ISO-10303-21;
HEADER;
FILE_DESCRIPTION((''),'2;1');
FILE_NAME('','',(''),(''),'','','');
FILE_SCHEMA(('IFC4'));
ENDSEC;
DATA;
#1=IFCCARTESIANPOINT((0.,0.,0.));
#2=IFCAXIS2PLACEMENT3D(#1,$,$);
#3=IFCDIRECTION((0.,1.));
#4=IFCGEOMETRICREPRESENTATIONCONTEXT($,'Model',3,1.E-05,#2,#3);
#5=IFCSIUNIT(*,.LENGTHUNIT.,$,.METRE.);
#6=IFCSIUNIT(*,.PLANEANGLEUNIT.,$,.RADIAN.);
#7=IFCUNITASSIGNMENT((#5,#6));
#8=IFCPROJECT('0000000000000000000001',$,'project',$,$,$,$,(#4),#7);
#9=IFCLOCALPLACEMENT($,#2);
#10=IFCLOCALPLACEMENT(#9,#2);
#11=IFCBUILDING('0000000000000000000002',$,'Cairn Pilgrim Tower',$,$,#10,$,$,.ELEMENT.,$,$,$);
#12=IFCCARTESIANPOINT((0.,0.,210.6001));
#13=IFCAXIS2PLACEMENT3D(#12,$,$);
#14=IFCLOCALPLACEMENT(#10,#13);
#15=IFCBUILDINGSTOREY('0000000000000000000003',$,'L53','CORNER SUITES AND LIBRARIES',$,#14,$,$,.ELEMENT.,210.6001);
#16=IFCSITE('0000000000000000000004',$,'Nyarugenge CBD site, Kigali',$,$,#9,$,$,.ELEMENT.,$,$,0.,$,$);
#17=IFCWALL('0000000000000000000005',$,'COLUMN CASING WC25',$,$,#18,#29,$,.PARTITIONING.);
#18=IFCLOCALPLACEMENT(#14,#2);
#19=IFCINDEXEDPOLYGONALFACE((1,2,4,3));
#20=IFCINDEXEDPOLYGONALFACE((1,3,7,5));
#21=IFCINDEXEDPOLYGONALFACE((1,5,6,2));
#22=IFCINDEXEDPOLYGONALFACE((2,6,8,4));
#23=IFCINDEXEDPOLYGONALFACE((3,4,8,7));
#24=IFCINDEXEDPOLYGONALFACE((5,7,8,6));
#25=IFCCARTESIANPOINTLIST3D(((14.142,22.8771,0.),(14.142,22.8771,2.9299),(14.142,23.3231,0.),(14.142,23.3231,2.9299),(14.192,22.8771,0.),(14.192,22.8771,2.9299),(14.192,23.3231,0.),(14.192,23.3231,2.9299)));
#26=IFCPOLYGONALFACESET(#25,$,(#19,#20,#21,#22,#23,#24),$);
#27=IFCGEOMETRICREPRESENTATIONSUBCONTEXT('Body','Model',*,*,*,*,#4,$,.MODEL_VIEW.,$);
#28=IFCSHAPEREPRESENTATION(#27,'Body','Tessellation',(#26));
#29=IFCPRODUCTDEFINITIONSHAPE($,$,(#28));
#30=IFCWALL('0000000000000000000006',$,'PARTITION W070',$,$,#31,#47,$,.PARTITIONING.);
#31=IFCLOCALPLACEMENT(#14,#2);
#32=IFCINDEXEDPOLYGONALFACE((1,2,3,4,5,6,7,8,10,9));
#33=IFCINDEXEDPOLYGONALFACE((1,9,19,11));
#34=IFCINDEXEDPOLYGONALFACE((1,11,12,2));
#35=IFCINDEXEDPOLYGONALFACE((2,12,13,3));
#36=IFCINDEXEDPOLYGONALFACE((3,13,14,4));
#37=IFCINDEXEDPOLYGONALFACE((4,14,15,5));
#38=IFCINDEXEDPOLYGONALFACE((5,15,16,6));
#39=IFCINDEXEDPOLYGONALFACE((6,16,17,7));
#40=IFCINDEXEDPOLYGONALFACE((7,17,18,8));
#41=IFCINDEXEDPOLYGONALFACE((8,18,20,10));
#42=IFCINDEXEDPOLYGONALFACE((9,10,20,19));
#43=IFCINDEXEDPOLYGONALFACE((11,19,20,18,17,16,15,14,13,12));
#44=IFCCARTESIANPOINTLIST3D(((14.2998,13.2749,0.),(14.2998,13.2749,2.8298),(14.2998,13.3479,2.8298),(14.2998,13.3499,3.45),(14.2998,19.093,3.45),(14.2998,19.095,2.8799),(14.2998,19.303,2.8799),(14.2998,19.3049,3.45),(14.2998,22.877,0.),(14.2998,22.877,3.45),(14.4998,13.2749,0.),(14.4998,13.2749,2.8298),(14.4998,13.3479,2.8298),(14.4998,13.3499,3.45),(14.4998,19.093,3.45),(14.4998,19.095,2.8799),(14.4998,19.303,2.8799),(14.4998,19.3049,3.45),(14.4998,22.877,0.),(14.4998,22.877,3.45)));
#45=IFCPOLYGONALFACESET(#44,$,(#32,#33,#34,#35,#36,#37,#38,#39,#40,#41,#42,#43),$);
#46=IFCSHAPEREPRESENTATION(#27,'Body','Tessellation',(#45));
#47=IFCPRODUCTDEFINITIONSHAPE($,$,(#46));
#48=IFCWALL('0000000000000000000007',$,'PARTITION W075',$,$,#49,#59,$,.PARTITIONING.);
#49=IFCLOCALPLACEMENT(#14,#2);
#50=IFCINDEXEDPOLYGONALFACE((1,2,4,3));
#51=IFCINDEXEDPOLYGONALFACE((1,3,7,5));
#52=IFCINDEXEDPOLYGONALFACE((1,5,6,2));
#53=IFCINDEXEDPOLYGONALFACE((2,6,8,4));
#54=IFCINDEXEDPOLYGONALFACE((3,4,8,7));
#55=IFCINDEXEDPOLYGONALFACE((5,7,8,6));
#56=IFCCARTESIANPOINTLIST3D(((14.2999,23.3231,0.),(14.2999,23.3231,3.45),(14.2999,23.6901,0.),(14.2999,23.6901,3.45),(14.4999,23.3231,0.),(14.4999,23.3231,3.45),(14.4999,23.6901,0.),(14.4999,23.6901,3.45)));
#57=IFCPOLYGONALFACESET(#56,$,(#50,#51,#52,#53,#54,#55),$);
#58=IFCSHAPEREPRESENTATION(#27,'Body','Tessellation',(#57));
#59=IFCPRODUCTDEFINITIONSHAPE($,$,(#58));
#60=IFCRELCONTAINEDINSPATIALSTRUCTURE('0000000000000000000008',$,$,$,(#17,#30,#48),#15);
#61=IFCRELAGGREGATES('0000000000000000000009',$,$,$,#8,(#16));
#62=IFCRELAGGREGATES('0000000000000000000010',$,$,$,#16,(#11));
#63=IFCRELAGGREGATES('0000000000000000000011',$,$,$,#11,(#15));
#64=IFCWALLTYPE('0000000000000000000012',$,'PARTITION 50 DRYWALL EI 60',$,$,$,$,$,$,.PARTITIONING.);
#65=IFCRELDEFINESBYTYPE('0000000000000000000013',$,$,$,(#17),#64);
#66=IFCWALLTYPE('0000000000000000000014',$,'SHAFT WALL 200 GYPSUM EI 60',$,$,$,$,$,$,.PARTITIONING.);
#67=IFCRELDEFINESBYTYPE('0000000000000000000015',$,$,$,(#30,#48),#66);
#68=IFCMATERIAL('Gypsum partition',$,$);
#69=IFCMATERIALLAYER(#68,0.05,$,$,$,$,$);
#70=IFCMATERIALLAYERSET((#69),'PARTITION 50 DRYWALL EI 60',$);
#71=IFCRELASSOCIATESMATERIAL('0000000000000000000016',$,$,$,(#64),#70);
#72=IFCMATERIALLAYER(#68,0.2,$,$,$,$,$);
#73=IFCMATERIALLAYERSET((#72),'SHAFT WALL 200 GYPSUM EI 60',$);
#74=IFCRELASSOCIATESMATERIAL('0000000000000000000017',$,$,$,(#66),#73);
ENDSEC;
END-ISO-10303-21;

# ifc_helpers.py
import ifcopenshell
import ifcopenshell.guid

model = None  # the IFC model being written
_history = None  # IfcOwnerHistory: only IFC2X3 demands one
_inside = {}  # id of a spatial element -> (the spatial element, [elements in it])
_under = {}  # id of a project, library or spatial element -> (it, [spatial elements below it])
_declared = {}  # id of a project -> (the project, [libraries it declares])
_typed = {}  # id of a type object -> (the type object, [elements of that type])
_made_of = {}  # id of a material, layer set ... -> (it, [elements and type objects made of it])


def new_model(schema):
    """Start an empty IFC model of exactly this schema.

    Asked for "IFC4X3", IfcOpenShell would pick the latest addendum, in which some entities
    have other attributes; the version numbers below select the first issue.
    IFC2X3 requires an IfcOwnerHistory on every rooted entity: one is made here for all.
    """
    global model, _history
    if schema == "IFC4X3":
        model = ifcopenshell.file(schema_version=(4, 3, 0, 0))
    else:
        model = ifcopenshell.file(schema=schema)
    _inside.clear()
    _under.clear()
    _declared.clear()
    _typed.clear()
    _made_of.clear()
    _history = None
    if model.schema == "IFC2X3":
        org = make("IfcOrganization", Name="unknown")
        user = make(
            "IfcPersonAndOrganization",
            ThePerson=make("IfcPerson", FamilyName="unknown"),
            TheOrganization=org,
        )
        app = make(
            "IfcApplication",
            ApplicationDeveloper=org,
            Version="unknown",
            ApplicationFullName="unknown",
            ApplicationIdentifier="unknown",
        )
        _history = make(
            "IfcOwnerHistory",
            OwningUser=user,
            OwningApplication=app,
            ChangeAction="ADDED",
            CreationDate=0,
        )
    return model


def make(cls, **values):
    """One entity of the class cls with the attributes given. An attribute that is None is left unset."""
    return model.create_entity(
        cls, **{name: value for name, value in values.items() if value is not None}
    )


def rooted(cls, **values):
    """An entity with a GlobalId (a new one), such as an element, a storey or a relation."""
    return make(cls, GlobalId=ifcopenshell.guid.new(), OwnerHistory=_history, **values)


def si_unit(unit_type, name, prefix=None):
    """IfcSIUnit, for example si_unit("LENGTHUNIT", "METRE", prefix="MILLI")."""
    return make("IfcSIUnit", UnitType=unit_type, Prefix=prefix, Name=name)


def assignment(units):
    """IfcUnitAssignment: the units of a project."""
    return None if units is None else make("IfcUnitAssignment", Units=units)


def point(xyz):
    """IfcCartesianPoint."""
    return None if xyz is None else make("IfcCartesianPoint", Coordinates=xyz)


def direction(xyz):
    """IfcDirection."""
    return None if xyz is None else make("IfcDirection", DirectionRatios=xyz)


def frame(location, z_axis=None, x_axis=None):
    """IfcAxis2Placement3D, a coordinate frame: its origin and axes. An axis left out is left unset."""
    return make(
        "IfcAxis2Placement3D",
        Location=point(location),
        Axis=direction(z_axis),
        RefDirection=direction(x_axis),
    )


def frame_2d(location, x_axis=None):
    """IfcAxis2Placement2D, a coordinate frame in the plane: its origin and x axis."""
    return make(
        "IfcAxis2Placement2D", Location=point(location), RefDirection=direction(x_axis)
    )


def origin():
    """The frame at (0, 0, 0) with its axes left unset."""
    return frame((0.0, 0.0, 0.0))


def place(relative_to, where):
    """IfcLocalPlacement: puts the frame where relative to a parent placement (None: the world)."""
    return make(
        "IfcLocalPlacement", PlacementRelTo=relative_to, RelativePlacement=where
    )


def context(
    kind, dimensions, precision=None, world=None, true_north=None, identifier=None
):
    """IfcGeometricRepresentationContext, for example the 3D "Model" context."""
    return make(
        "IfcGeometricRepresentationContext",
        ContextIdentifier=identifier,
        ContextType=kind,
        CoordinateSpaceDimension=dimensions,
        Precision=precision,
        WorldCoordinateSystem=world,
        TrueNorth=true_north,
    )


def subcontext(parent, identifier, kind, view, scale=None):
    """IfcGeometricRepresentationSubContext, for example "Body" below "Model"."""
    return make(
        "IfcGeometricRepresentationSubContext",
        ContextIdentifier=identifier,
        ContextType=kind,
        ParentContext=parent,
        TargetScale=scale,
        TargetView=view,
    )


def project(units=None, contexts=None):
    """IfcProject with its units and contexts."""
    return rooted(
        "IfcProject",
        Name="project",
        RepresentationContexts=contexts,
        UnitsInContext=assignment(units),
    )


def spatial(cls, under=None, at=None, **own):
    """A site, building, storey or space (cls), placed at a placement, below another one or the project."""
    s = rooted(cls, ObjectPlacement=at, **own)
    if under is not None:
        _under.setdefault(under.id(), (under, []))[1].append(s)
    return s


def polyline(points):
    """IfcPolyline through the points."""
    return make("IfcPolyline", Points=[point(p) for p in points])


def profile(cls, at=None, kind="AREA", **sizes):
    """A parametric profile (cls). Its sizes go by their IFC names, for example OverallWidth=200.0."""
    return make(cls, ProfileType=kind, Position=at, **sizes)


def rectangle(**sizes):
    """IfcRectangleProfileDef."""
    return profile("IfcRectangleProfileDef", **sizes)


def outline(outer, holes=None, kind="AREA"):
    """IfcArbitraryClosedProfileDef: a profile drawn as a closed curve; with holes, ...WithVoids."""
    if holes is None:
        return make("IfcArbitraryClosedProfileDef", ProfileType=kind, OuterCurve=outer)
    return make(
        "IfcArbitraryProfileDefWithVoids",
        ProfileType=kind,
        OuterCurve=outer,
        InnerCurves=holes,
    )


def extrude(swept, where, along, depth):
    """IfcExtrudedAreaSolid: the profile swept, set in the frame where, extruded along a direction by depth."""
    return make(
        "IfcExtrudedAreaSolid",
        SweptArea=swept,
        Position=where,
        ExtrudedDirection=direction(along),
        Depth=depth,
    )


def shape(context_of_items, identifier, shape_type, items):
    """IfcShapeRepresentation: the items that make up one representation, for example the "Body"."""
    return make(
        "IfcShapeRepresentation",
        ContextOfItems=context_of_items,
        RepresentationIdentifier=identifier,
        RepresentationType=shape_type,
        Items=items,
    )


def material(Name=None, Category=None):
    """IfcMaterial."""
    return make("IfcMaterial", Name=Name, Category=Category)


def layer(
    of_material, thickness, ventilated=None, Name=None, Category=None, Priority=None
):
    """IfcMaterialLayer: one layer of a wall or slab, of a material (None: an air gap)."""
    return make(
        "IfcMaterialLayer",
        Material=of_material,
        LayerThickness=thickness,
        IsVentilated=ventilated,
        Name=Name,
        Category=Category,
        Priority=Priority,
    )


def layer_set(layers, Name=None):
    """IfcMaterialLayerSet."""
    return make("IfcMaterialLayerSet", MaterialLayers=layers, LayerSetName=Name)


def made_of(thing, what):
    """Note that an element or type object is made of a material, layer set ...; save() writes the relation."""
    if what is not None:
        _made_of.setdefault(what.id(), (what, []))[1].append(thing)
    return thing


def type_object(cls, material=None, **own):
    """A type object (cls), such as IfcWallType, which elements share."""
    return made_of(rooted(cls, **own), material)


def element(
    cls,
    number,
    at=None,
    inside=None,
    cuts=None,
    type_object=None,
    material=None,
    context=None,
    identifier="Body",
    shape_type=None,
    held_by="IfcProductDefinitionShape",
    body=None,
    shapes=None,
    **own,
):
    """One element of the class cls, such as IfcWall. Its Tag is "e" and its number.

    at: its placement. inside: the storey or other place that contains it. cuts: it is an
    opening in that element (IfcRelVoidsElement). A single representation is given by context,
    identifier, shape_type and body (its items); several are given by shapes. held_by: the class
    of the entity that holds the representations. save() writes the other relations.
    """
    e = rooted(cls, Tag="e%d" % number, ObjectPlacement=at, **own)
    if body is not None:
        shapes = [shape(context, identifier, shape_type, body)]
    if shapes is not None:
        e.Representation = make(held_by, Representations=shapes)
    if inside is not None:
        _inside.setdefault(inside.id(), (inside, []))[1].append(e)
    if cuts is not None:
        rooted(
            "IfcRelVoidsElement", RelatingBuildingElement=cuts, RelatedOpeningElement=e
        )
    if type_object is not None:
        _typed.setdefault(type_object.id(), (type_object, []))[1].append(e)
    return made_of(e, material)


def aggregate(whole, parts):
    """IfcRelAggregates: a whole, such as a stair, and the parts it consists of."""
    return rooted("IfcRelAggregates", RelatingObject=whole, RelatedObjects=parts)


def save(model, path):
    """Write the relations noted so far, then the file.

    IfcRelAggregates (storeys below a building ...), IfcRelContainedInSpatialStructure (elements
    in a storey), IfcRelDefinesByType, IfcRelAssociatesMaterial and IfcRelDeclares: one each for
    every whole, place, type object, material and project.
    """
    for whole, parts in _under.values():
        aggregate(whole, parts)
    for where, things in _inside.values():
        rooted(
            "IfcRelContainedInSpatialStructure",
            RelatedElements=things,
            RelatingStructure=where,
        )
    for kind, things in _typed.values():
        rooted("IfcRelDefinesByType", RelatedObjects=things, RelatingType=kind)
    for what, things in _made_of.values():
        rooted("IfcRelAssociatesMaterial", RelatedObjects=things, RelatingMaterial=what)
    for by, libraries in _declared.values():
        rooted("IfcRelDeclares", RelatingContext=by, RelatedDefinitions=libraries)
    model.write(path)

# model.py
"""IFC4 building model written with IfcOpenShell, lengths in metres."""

from ifc_helpers import new_model, si_unit, direction, frame, frame_2d, origin, place, context, subcontext, project, spatial, polyline, rectangle, outline, extrude, material, layer, layer_set, type_object, element, save


model = new_model("IFC4")

# Units and contexts
model_context = context("Model", 3, precision=1e-05, world=origin(), true_north=direction((0.0, 1.0)))
body_context = subcontext(model_context, "Body", "Model", "MODEL_VIEW")
ifc_project = project(units=[si_unit("LENGTHUNIT", "METRE"), si_unit("PLANEANGLEUNIT", "RADIAN")], contexts=[model_context])

# Site, building, storey
site_placement = place(None, origin())
site = spatial("IfcSite", under=ifc_project, at=site_placement, Name="Nyarugenge CBD site, Kigali", CompositionType="ELEMENT", RefElevation=0.0)
building_placement = place(site_placement, origin())
building = spatial("IfcBuilding", under=site, at=building_placement, Name="Cairn Pilgrim Tower", CompositionType="ELEMENT")
storey_placement = place(building_placement, frame((0.0, 0.0, 210.6001)))
storey = spatial("IfcBuildingStorey", under=building, at=storey_placement, Name="L53", Description="CORNER SUITES AND LIBRARIES", CompositionType="ELEMENT", Elevation=210.6001)

# Shared definitions
ifc_material_1 = material(Name="Gypsum partition")

# Walls
ifc_layer_1 = layer(ifc_material_1, 0.05)
ifc_layer_set_1 = layer_set([ifc_layer_1], Name="PARTITION 50 DRYWALL EI 60")
wall_type_1 = type_object("IfcWallType", Name="PARTITION 50 DRYWALL EI 60", PredefinedType="PARTITIONING", material=ifc_layer_set_1)
wall_1_placement = place(storey_placement, frame((14.167, 22.877, 0.0), z_axis=(0.0, 0.0, 1.0), x_axis=(0.0, 1.0, 0.0)))
element("IfcWall", 1, at=wall_1_placement, inside=storey, type_object=wall_type_1, Name="COLUMN CASING WC25", PredefinedType="PARTITIONING", context=body_context, shape_type="SweptSolid", body=[
    extrude(rectangle(XDim=0.446, YDim=0.05, at=frame_2d((0.2231, 0.0))), origin(), (0.0, 0.0, 1.0), 2.9299),
])
ifc_layer_2 = layer(ifc_material_1, 0.2)
ifc_layer_set_2 = layer_set([ifc_layer_2], Name="SHAFT WALL 200 GYPSUM EI 60")
wall_type_2 = type_object("IfcWallType", Name="SHAFT WALL 200 GYPSUM EI 60", PredefinedType="PARTITIONING", material=ifc_layer_set_2)
wall_2_placement = place(storey_placement, frame((14.3999, 13.2749, 0.0), z_axis=(0.0, 0.0, 1.0), x_axis=(0.0, 1.0, 0.0)))
element("IfcWall", 2, at=wall_2_placement, inside=storey, type_object=wall_type_2, Name="PARTITION W070", PredefinedType="PARTITIONING", context=body_context, shape_type="SweptSolid", body=[
    extrude(outline(polyline([(0.0, 0.0), (9.6021, 0.0), (9.6021, 3.45), (6.03, 3.45), (6.0281, 2.8799), (5.8201, 2.8799), (5.8181, 3.45), (0.075, 3.45), (0.073, 2.8298), (0.0, 2.8298), (0.0, 0.0)])), frame((0.0, 0.1001, 0.0), z_axis=(0.0, -1.0, 0.0), x_axis=(1.0, 0.0, 0.0)), (0.0, 0.0, 1.0), 0.2),
])
wall_3_placement = place(storey_placement, frame((14.3999, 23.323, 0.0), z_axis=(0.0, 0.0, 1.0), x_axis=(0.0, 1.0, 0.0)))
element("IfcWall", 3, at=wall_3_placement, inside=storey, type_object=wall_type_2, Name="PARTITION W075", PredefinedType="PARTITIONING", context=body_context, shape_type="SweptSolid", body=[
    extrude(rectangle(XDim=0.3669, YDim=0.2, at=frame_2d((0.1836, 0.0))), origin(), (0.0, 0.0, 1.0), 3.45),
])

save(model, "model.ifc")
